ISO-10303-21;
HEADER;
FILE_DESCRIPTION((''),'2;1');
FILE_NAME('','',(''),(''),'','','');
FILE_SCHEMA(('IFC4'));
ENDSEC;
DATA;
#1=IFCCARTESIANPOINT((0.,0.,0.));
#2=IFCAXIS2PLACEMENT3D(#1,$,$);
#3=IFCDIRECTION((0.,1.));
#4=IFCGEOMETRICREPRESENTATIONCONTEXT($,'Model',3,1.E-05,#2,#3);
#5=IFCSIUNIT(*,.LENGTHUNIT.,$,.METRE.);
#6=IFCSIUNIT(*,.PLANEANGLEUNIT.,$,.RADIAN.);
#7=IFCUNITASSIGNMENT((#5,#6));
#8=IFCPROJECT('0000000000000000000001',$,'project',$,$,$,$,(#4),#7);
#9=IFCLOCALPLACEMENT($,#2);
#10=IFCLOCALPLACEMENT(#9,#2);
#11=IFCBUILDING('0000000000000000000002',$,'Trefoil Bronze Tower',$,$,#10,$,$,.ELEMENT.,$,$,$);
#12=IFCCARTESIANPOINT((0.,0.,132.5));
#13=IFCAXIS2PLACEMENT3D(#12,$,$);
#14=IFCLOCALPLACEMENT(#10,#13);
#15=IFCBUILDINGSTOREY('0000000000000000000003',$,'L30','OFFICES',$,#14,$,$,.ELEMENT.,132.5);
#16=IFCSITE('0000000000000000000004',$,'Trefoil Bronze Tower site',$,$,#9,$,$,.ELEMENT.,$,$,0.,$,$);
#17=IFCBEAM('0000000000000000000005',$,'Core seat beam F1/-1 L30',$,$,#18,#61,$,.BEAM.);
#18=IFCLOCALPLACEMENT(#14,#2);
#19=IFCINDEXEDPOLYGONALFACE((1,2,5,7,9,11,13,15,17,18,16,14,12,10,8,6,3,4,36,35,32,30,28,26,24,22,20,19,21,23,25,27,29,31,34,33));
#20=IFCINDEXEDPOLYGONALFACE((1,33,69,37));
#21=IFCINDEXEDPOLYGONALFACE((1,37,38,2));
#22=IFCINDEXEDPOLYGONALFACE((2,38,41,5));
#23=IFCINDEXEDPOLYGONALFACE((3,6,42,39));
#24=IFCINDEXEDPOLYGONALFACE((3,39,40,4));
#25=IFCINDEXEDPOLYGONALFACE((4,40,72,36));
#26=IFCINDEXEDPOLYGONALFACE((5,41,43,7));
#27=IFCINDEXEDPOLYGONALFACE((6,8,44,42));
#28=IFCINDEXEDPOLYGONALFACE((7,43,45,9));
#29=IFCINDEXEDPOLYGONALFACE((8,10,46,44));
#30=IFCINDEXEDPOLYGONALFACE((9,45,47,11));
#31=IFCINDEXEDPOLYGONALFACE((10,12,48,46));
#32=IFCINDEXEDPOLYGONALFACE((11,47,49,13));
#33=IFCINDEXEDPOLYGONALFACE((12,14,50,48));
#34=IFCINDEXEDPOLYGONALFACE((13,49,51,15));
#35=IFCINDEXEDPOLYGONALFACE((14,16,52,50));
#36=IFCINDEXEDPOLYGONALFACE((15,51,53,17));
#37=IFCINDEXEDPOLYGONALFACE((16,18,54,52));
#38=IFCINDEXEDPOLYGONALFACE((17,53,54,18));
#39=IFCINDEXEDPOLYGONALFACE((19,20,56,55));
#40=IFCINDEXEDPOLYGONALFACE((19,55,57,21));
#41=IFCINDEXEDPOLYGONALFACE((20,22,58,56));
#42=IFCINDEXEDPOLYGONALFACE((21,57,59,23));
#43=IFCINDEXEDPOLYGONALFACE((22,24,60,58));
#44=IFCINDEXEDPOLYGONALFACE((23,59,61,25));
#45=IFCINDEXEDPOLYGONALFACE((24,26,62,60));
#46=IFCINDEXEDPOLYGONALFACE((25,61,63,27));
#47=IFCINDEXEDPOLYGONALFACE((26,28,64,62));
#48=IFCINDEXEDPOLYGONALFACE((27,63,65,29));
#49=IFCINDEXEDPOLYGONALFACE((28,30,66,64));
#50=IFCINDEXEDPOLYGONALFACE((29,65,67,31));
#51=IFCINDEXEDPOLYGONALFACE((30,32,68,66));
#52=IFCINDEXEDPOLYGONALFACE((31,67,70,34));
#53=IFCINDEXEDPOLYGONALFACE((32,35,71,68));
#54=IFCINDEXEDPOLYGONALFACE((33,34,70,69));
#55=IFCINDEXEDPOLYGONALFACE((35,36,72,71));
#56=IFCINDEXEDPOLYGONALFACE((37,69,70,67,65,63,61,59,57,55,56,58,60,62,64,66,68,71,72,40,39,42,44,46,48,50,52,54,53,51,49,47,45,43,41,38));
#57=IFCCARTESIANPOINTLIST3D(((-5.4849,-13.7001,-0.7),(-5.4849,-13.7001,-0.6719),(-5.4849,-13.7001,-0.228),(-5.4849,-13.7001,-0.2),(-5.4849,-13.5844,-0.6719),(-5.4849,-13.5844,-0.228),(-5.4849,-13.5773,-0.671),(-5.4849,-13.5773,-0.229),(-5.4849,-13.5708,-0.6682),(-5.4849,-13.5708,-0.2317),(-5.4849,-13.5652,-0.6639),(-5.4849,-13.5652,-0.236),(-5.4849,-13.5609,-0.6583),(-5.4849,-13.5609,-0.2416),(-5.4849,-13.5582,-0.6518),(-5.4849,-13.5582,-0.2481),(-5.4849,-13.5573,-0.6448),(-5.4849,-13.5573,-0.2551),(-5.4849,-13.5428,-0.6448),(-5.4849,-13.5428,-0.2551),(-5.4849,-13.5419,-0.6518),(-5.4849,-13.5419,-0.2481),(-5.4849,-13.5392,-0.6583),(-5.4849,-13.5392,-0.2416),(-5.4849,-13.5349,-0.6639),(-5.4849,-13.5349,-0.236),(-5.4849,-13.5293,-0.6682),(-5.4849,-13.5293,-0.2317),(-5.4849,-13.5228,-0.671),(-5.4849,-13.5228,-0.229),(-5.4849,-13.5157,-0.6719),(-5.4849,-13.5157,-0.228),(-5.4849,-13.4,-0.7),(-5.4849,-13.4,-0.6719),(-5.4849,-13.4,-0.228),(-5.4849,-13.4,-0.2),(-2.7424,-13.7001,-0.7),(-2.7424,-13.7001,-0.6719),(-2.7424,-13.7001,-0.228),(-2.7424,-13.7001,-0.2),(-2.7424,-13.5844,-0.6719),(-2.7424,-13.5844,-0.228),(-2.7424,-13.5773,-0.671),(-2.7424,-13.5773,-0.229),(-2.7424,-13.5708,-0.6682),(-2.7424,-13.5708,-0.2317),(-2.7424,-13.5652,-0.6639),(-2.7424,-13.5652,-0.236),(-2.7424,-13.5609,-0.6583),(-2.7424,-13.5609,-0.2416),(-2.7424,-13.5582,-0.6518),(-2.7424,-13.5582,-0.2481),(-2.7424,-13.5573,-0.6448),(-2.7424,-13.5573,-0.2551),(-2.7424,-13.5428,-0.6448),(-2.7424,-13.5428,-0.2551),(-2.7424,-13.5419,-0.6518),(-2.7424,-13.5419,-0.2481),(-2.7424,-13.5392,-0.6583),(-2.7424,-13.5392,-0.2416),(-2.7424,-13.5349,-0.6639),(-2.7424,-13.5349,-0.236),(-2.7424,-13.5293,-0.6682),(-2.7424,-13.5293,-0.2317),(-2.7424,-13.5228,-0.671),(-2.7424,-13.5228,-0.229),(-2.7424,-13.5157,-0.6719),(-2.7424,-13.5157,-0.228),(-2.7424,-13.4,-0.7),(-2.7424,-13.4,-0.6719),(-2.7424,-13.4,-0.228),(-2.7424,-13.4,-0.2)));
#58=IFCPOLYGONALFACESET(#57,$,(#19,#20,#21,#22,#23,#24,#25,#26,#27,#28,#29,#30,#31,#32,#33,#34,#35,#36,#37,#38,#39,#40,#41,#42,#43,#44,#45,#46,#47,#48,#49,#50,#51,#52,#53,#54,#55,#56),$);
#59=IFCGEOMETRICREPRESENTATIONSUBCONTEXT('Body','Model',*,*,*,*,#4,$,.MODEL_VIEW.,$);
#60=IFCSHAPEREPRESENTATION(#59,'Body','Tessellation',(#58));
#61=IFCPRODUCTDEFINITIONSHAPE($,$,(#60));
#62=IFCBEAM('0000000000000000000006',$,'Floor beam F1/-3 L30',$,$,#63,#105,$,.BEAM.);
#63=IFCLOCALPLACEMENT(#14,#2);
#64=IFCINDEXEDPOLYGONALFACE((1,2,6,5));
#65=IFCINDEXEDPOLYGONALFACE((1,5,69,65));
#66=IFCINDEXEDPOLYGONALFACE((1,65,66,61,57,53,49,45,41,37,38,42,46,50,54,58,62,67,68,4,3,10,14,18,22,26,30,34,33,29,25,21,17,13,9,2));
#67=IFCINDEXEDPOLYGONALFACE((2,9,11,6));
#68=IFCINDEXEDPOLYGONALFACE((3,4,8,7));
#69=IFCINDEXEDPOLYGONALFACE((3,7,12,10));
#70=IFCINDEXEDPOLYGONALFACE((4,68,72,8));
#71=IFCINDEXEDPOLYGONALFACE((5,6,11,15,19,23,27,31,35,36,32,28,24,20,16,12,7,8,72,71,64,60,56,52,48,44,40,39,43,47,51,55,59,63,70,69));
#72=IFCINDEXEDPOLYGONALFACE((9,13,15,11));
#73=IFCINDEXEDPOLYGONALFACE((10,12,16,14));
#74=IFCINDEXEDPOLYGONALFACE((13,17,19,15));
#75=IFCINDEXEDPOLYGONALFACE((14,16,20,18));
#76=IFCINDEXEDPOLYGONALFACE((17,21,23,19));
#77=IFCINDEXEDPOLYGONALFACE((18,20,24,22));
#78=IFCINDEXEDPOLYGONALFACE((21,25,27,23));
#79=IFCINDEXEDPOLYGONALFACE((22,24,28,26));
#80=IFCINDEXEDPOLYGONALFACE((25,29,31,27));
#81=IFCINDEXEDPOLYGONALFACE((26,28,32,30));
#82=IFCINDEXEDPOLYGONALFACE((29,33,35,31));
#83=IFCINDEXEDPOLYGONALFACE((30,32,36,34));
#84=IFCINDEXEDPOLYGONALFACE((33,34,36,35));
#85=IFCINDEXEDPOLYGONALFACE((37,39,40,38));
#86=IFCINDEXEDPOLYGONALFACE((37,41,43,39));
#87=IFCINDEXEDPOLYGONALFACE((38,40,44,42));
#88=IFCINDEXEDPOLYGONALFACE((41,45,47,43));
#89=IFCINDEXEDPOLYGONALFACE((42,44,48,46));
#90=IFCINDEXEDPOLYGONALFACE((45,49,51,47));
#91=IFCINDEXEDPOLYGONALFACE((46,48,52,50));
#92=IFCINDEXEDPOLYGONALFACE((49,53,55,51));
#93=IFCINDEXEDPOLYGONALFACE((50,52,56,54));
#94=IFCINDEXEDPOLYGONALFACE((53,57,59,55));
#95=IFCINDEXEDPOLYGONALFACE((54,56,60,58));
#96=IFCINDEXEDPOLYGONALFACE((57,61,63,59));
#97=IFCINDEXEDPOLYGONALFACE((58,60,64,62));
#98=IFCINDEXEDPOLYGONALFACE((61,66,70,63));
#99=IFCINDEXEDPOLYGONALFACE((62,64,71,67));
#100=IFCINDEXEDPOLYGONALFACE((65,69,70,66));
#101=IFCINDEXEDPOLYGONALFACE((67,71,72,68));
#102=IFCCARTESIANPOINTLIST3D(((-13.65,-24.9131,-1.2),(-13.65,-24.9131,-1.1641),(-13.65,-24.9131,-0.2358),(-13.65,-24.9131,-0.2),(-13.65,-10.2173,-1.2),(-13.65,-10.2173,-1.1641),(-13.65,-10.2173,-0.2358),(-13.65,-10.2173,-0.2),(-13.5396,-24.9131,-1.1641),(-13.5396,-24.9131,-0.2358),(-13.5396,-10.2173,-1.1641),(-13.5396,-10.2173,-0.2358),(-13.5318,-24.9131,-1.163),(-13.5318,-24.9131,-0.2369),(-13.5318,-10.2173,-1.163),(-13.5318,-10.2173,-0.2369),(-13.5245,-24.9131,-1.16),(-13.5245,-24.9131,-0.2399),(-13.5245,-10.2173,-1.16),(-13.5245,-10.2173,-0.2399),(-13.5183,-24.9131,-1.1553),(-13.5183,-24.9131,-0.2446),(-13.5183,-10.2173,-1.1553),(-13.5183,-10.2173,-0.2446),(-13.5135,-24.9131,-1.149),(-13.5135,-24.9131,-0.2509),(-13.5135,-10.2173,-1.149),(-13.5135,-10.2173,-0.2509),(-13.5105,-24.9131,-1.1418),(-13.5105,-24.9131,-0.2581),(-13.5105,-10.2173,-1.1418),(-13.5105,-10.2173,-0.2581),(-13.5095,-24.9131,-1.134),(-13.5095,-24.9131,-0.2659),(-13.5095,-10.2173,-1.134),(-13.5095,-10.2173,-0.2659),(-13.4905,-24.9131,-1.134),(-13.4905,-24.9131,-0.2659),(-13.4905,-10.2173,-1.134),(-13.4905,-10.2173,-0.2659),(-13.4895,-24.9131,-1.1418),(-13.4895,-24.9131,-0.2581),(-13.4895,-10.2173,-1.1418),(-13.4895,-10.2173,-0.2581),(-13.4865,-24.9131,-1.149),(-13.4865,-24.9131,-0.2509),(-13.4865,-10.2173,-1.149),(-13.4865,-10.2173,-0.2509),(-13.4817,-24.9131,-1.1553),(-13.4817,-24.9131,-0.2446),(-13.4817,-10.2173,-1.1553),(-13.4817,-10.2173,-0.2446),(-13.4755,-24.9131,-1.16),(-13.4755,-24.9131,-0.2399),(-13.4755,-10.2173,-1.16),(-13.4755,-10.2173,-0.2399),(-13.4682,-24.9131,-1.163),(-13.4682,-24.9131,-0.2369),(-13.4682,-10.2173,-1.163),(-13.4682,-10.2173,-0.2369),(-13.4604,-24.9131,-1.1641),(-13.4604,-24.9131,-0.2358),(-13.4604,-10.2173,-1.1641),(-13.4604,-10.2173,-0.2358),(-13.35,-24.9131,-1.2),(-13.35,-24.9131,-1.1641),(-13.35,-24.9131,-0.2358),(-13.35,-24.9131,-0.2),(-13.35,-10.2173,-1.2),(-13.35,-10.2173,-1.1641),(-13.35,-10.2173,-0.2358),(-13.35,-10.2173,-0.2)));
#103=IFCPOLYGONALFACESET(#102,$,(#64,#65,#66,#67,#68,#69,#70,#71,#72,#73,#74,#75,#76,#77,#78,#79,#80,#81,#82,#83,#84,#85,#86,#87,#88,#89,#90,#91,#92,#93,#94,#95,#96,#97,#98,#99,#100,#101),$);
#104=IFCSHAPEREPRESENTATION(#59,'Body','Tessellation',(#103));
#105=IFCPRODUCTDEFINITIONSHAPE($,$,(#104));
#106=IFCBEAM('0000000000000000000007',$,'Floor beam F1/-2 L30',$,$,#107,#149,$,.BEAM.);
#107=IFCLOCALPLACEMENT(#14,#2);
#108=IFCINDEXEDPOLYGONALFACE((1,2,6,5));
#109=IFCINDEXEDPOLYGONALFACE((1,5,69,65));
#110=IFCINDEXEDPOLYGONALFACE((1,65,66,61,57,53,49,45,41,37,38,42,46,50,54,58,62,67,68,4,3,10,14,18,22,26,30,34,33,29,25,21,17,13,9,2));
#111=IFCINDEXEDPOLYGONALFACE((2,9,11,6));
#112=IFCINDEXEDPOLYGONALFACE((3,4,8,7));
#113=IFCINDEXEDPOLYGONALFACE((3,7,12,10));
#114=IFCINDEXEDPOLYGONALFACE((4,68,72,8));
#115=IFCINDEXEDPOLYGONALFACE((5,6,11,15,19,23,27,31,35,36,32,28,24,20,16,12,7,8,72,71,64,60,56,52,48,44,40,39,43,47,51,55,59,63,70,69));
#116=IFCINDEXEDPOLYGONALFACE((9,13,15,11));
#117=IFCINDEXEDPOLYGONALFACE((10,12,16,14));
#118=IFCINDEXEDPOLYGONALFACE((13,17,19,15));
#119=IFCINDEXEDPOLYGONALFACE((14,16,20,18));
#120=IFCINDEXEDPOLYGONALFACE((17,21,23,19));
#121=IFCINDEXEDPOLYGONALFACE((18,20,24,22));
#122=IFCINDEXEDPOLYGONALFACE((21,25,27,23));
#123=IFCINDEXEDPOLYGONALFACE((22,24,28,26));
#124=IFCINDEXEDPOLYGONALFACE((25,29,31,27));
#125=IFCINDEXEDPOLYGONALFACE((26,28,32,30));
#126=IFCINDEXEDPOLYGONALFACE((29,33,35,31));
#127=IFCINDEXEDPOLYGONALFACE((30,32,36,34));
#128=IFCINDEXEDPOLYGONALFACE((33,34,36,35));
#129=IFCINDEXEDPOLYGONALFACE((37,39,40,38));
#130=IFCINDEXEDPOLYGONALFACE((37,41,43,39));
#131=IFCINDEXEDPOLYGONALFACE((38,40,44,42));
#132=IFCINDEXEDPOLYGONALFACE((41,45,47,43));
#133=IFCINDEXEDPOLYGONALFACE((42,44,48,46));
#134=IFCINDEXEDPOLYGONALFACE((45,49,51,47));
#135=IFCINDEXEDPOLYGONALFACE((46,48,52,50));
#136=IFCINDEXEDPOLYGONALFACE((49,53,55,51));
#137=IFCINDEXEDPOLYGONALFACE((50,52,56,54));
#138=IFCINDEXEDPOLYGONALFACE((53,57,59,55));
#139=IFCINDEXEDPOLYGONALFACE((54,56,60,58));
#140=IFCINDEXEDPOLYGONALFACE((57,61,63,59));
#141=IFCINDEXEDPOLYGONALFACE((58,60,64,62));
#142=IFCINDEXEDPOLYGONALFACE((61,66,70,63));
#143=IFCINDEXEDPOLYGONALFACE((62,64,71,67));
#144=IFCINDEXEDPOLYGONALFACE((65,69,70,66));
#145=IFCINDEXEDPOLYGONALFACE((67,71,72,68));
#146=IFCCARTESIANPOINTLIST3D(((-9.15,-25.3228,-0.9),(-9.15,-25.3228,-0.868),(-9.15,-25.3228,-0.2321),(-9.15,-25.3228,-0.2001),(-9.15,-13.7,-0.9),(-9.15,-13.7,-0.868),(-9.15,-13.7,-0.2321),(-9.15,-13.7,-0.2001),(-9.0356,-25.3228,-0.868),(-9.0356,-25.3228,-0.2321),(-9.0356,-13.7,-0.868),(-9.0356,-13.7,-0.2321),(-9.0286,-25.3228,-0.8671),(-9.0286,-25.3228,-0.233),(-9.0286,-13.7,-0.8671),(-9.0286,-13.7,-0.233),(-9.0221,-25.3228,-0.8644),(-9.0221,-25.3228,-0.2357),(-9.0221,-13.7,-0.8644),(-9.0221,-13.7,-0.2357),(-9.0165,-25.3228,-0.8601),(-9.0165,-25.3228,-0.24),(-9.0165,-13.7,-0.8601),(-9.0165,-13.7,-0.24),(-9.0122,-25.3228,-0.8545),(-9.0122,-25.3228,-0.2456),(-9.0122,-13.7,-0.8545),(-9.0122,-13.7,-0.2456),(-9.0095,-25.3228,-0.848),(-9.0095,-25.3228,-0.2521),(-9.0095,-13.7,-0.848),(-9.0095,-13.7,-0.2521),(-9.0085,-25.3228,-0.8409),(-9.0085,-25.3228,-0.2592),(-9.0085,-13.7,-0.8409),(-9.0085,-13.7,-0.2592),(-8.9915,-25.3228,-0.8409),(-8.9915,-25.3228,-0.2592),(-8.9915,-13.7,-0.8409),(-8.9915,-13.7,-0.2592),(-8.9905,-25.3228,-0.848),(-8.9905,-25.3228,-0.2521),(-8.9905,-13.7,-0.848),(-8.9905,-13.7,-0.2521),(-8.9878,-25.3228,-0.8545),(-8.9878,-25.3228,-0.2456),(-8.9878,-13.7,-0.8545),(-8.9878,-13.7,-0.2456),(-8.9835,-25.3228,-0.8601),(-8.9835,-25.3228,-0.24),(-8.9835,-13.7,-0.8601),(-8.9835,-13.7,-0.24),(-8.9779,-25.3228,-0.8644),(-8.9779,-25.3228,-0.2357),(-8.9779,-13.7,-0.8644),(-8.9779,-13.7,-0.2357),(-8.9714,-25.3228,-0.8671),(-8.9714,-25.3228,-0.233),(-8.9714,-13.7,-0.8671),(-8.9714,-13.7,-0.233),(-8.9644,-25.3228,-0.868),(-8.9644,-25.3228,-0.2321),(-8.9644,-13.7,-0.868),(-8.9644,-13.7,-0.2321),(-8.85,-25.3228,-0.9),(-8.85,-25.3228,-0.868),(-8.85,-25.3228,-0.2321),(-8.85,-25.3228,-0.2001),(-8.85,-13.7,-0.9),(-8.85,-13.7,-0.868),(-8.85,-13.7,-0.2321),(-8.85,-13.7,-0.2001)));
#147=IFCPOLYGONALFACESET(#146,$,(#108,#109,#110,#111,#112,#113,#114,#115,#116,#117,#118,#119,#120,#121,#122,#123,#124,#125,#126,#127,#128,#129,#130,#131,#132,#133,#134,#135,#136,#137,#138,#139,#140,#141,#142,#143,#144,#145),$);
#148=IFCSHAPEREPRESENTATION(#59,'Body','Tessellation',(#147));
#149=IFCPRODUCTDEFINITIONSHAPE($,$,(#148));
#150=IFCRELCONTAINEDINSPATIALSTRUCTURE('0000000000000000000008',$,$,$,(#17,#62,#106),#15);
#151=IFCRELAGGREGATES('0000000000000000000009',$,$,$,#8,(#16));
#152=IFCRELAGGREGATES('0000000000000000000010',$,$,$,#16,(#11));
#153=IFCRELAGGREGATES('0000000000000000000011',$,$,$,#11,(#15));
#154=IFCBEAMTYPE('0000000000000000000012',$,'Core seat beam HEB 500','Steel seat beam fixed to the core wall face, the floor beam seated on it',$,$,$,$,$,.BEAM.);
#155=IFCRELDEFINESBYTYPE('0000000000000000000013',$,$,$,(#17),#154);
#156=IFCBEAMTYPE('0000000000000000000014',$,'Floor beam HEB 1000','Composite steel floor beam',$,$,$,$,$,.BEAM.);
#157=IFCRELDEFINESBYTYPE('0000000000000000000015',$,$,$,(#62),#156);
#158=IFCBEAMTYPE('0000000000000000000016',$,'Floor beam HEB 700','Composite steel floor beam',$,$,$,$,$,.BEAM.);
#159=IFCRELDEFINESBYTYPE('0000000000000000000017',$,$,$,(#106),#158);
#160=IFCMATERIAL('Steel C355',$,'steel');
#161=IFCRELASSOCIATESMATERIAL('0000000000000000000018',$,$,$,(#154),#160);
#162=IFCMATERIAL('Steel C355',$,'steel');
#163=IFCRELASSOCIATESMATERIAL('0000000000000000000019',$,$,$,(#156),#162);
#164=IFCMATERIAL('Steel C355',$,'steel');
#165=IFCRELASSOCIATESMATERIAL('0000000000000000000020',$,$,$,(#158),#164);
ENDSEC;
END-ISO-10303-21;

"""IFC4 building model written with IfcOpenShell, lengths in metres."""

from ifc_helpers import new_model, si_unit, direction, frame, origin, origin_2d, place, context, subcontext, project, spatial, i_section, extrude, material, material_profile, profile_set, type_object, element, save


model = new_model("IFC4")

# Units and contexts
model_context = context("Model", 3, precision=1e-05, world=origin(), true_north=direction((0.0, 1.0)))
body_context = subcontext(model_context, "Body", "Model", "MODEL_VIEW")
ifc_project = project(units=[si_unit("LENGTHUNIT", "METRE"), si_unit("PLANEANGLEUNIT", "RADIAN")], contexts=[model_context])

# Site, building, storey
site_placement = place(None, origin())
site = spatial("IfcSite", under=ifc_project, at=site_placement, Name="Trefoil Bronze Tower site", CompositionType="ELEMENT", RefElevation=0.0)
building_placement = place(site_placement, origin())
building = spatial("IfcBuilding", under=site, at=building_placement, Name="Trefoil Bronze Tower", CompositionType="ELEMENT")
storey_placement = place(building_placement, frame((0.0, 0.0, 132.5)))
storey = spatial("IfcBuildingStorey", under=building, at=storey_placement, Name="L30", Description="OFFICES", CompositionType="ELEMENT", Elevation=132.5)

# Beams
ifc_material_1 = material(Name="Steel C355", Category="steel")
ifc_material_profile_1 = material_profile(ifc_material_1, i_section(OverallWidth=0.3, OverallDepth=0.5, WebThickness=0.0144, FlangeThickness=0.0281, FilletRadius=0.0271, at=origin_2d()), Name="HEB 500")
ifc_profile_set_1 = profile_set([ifc_material_profile_1], Name="Steel C355")
beam_type_1 = type_object("IfcBeamType", Name="Core seat beam HEB 500", Description="Steel seat beam fixed to the core wall face, the floor beam seated on it", PredefinedType="BEAM", material=ifc_profile_set_1)
for number, where, z_axis, x_axis, name in (
    (1, (-5.4849, -13.55, -0.45), (1.0, 0.0, 0.0), (0.0, 1.0, 0.0), "Core seat beam F1/-1 L30"),
):
    element("IfcBeam", number, at=place(storey_placement, frame(where, z_axis=z_axis, x_axis=x_axis)), inside=storey, type_object=beam_type_1, Name=name, PredefinedType="BEAM", context=body_context, shape_type="SweptSolid", body=[
        extrude(i_section(OverallWidth=0.3, OverallDepth=0.5, WebThickness=0.0144, FlangeThickness=0.0281, FilletRadius=0.0271, at=origin_2d()), origin(), (0.0, 0.0, 1.0), 2.7424),
    ])
ifc_material_2 = material(Name="Steel C355", Category="steel")
ifc_material_profile_2 = material_profile(ifc_material_2, i_section(OverallWidth=0.3, OverallDepth=1.0, WebThickness=0.019, FlangeThickness=0.0359, FilletRadius=0.03, at=origin_2d()), Name="HEB 1000")
ifc_profile_set_2 = profile_set([ifc_material_profile_2], Name="Steel C355")
beam_type_2 = type_object("IfcBeamType", Name="Floor beam HEB 1000", Description="Composite steel floor beam", PredefinedType="BEAM", material=ifc_profile_set_2)
beam_1_placement = place(storey_placement, frame((-13.5, -24.9131, -0.7), z_axis=(0.0, 1.0, 0.0), x_axis=(-1.0, 0.0, 0.0)))
element("IfcBeam", 2, at=beam_1_placement, inside=storey, type_object=beam_type_2, Name="Floor beam F1/-3 L30", PredefinedType="BEAM", context=body_context, shape_type="SweptSolid", body=[
    extrude(i_section(OverallWidth=0.3, OverallDepth=1.0, WebThickness=0.019, FlangeThickness=0.0359, FilletRadius=0.03, at=origin_2d()), origin(), (0.0, 0.0, 1.0), 14.6958),
])
ifc_material_3 = material(Name="Steel C355", Category="steel")
ifc_material_profile_3 = material_profile(ifc_material_3, i_section(OverallWidth=0.3, OverallDepth=0.7, WebThickness=0.0171, FlangeThickness=0.032, FilletRadius=0.0271, at=origin_2d()), Name="HEB 700")
ifc_profile_set_3 = profile_set([ifc_material_profile_3], Name="Steel C355")
beam_type_3 = type_object("IfcBeamType", Name="Floor beam HEB 700", Description="Composite steel floor beam", PredefinedType="BEAM", material=ifc_profile_set_3)
beam_2_placement = place(storey_placement, frame((-9.0, -25.3228, -0.55), z_axis=(0.0, 1.0, 0.0), x_axis=(-1.0, 0.0, 0.0)))
element("IfcBeam", 3, at=beam_2_placement, inside=storey, type_object=beam_type_3, Name="Floor beam F1/-2 L30", PredefinedType="BEAM", context=body_context, shape_type="SweptSolid", body=[
    extrude(i_section(OverallWidth=0.3, OverallDepth=0.7, WebThickness=0.0171, FlangeThickness=0.032, FilletRadius=0.0271, at=origin_2d()), origin(), (0.0, 0.0, 1.0), 11.6228),
])

save(model, "model.ifc")
